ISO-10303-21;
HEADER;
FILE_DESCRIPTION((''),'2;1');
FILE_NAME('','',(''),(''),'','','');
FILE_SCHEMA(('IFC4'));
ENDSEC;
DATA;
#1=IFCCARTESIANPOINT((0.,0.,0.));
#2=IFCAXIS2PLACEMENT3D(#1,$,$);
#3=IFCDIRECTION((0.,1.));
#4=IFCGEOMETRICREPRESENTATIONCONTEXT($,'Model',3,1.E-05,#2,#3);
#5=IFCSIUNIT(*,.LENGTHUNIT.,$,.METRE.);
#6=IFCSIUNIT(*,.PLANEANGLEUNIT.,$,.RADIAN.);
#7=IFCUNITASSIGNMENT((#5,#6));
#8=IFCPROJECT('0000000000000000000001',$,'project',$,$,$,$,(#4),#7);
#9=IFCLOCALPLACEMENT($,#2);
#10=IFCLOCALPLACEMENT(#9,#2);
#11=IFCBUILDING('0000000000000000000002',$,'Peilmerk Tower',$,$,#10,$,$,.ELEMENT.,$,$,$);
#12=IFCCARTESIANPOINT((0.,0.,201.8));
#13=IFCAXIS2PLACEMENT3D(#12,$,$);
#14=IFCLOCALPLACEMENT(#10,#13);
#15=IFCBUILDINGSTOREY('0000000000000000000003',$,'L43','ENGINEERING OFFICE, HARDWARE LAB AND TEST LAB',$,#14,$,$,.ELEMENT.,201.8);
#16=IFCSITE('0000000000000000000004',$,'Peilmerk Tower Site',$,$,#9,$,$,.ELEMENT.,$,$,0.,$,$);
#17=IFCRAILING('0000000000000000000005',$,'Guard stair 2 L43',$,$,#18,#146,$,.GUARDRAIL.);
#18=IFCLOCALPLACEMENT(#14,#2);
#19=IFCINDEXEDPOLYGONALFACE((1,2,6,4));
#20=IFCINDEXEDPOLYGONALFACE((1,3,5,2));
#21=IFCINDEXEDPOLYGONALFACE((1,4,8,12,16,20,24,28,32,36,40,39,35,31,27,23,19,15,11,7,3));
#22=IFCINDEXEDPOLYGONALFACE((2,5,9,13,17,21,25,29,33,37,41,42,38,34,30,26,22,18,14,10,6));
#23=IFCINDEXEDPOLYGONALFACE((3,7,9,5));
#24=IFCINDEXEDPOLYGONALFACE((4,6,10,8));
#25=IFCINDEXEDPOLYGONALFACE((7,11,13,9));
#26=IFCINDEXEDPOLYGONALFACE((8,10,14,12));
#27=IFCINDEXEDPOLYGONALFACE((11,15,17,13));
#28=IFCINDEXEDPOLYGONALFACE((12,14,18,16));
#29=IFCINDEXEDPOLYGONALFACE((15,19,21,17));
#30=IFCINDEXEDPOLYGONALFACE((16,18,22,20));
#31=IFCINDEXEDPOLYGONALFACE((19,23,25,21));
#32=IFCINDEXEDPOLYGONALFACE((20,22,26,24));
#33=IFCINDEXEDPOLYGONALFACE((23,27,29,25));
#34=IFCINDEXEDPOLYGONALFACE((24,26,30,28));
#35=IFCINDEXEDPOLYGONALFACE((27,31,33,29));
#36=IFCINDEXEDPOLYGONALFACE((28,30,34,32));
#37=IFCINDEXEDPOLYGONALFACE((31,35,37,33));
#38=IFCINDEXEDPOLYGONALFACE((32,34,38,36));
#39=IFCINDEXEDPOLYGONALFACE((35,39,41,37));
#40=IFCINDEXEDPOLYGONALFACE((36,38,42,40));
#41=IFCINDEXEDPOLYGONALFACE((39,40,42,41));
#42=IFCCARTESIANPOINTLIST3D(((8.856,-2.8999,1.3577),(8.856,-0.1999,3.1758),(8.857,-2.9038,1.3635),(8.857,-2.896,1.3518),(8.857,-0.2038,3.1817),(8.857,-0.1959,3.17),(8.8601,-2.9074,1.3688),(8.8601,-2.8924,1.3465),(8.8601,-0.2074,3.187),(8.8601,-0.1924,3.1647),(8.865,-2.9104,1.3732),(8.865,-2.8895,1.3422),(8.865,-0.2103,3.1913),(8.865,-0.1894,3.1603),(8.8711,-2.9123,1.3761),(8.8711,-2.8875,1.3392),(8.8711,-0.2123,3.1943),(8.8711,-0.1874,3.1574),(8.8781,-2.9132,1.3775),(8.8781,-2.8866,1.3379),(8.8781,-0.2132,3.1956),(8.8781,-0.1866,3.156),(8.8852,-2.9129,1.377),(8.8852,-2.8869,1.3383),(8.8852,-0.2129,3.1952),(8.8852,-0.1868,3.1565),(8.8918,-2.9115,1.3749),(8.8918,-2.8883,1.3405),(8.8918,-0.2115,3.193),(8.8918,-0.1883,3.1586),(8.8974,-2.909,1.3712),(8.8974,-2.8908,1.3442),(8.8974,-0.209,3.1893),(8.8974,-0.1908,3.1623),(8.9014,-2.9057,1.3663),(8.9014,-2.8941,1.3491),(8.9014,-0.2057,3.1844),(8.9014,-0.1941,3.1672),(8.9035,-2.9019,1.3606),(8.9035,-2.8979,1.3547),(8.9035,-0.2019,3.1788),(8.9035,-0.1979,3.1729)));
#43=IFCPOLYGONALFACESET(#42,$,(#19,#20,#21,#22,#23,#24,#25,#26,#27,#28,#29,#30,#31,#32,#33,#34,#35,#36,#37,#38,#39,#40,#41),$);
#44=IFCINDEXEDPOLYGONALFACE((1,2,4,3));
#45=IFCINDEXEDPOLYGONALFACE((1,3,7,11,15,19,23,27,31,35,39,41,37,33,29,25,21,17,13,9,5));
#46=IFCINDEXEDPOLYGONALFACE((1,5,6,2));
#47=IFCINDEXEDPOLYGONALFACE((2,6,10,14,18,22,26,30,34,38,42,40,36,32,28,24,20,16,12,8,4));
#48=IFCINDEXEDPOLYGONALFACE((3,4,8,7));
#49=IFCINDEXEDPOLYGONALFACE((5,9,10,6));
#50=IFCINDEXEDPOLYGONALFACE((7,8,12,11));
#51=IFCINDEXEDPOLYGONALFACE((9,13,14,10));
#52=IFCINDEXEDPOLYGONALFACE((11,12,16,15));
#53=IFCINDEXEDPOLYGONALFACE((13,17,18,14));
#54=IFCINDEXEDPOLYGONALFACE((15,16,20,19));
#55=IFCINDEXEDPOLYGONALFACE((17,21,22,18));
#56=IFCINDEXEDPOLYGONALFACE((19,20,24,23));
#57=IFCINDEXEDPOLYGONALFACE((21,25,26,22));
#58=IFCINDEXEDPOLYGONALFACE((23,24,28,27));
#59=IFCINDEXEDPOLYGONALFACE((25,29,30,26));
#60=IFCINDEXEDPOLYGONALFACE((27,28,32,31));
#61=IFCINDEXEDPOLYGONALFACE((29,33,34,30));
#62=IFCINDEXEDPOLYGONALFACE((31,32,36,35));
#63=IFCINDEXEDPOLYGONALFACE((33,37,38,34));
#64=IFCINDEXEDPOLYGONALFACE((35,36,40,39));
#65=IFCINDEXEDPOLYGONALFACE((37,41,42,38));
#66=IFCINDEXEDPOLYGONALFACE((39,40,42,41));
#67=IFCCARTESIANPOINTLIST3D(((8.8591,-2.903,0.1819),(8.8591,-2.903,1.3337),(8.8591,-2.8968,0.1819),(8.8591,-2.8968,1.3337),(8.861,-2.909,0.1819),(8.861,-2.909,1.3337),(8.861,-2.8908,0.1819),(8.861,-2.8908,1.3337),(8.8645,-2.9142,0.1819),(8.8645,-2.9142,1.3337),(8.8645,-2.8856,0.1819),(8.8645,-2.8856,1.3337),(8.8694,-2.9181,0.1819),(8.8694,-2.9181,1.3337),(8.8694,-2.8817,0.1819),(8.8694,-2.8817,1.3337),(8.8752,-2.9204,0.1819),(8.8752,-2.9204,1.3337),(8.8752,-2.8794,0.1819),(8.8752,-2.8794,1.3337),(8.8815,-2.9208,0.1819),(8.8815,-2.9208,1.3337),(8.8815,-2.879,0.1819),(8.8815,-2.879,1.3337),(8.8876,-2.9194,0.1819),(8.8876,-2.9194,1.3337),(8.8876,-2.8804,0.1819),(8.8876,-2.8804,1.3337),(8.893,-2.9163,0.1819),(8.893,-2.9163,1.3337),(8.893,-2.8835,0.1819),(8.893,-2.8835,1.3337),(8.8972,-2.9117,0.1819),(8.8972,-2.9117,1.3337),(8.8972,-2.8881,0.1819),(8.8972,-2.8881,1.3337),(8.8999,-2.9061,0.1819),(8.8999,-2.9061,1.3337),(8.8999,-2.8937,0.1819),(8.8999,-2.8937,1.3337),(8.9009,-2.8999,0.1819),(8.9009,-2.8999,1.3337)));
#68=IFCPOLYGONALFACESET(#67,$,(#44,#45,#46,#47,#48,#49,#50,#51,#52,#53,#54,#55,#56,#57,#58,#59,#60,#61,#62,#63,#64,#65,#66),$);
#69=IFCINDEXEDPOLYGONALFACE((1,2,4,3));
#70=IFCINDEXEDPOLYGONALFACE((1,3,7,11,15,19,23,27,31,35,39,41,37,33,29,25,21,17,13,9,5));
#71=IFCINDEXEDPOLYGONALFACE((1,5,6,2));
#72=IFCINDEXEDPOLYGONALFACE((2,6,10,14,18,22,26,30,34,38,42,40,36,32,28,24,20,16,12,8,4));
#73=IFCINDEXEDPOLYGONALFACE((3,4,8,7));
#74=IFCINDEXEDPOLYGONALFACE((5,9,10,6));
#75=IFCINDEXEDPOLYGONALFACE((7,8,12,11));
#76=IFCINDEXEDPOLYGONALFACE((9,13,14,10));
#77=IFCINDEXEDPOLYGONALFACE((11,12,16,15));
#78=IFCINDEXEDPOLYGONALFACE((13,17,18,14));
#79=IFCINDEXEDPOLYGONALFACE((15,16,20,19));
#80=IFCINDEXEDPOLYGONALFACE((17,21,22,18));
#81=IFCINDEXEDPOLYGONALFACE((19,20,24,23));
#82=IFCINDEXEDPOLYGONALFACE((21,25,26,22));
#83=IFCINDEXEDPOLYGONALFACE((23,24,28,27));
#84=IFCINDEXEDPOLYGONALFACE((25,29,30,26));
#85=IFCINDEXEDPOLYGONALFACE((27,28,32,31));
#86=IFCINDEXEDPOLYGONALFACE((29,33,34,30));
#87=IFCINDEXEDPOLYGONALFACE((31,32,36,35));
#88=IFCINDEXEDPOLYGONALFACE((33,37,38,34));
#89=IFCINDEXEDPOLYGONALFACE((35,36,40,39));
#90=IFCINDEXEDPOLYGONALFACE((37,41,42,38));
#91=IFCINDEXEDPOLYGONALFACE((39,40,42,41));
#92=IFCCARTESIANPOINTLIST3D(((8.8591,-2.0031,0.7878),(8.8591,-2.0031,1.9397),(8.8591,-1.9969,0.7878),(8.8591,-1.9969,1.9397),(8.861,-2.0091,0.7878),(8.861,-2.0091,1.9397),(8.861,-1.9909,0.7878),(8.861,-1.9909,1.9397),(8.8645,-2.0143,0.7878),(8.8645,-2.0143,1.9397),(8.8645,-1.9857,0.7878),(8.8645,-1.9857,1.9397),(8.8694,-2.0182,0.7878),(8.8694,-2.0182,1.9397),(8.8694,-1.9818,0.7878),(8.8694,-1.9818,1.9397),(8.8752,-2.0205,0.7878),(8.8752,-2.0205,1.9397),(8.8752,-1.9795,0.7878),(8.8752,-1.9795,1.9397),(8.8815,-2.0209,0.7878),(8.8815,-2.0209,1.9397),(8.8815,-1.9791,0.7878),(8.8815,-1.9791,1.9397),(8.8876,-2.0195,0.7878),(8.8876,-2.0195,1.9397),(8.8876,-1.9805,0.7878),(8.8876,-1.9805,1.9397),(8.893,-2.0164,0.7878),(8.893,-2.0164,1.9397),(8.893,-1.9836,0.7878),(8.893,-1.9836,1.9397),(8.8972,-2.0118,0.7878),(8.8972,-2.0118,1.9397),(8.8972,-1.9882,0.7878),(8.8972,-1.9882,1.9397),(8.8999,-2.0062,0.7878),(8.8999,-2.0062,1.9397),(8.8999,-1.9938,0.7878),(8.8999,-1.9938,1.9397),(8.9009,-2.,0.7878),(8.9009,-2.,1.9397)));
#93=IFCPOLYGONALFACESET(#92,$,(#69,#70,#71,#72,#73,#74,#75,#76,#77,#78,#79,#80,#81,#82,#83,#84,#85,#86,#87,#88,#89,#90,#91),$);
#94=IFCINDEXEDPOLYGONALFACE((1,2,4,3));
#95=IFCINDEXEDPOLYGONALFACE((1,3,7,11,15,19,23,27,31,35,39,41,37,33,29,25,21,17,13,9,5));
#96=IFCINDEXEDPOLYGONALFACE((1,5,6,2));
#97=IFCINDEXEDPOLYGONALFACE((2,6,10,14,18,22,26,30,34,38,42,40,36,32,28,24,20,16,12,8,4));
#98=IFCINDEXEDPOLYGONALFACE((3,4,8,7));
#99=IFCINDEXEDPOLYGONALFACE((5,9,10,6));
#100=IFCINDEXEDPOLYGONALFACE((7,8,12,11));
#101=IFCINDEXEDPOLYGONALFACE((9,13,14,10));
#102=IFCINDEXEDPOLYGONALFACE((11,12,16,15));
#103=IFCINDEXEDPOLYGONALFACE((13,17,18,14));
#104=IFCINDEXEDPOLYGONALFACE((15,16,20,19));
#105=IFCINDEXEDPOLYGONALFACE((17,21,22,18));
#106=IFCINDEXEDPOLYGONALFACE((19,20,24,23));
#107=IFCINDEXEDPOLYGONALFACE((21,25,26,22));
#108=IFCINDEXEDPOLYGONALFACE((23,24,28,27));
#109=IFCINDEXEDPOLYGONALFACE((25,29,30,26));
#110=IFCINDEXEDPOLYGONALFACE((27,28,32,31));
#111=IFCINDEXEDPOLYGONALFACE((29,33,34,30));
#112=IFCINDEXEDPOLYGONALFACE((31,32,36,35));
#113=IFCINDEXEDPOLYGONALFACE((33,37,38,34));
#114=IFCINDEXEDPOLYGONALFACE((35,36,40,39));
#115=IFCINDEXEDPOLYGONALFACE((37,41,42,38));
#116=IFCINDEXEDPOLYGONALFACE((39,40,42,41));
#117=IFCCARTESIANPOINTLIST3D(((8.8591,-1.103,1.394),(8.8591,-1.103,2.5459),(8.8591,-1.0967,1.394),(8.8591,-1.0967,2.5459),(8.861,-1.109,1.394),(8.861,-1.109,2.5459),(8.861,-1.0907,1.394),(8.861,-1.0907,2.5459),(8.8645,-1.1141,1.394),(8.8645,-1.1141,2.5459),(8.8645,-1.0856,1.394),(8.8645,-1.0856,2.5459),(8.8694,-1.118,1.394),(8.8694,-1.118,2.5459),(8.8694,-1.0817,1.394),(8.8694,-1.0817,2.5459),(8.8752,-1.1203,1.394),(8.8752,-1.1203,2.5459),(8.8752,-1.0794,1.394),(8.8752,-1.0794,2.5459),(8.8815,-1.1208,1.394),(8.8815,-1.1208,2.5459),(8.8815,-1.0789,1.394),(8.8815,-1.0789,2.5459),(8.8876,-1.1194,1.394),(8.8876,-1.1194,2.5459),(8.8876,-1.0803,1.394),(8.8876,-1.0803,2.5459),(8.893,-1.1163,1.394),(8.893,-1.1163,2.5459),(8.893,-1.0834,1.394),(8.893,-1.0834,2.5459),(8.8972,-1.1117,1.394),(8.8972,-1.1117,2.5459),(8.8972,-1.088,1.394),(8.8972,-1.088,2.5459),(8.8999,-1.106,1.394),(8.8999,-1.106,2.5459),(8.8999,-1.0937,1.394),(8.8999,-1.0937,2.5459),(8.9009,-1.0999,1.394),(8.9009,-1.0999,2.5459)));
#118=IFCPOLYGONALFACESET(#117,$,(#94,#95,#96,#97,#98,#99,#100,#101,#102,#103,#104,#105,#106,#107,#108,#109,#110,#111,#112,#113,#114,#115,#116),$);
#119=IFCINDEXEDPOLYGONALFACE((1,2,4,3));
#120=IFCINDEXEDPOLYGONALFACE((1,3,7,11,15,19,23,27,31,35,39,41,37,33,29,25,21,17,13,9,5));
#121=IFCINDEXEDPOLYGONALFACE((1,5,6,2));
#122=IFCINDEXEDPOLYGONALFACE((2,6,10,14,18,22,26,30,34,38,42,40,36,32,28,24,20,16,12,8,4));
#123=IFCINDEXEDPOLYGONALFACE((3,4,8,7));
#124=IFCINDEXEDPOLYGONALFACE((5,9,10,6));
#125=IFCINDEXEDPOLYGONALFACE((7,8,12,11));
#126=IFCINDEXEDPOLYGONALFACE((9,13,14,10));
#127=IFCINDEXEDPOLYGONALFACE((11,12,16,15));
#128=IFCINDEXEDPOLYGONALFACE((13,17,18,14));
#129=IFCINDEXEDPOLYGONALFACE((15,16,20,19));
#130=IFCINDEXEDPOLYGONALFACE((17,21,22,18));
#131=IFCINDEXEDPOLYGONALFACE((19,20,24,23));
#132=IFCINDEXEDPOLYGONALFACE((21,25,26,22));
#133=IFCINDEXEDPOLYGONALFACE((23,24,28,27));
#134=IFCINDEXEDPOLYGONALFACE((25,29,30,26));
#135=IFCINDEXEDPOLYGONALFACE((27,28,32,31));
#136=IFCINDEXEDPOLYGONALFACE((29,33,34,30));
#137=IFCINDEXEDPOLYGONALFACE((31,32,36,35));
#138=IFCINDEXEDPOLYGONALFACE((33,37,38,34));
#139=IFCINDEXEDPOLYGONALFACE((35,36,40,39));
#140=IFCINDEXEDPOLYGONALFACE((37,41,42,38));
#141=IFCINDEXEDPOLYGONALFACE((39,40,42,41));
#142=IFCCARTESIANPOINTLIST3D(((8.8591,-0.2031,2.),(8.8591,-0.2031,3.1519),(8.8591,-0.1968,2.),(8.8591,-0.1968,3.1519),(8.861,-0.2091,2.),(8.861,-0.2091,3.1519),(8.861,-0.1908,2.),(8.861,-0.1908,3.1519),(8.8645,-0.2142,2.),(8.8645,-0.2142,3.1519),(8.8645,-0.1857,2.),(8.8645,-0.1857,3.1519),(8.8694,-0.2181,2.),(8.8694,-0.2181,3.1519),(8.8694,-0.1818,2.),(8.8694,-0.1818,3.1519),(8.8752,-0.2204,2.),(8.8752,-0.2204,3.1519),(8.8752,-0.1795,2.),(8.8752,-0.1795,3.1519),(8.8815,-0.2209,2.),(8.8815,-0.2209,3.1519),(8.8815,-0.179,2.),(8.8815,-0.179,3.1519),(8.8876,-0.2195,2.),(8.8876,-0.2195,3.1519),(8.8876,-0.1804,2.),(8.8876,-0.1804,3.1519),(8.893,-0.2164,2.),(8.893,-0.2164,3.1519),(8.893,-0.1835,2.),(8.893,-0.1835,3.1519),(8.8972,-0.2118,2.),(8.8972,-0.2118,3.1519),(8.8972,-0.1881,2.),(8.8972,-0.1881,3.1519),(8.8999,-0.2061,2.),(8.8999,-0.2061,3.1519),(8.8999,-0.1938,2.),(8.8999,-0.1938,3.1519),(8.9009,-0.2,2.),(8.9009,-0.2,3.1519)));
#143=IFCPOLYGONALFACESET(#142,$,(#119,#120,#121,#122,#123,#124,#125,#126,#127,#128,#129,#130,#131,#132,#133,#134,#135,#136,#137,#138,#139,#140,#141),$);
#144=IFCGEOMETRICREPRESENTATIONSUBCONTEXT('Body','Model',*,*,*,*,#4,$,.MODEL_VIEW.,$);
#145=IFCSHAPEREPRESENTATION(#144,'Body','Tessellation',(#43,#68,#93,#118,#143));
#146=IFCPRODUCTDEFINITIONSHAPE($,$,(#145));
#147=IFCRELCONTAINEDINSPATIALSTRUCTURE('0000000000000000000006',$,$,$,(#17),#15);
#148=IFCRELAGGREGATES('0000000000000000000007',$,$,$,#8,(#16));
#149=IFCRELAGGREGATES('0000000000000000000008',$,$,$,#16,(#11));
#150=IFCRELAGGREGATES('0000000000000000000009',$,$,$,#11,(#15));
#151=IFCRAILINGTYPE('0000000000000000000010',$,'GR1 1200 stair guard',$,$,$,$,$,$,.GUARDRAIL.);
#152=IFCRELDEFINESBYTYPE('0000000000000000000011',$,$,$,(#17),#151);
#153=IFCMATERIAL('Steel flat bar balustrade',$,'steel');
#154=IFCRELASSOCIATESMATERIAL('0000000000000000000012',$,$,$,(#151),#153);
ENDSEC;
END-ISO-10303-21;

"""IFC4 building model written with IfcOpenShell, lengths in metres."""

from ifc_helpers import new_model, si_unit, direction, frame, origin, origin_2d, place, context, subcontext, project, spatial, circle, extrude, material, type_object, element, save


model = new_model("IFC4")

# Units and contexts
model_context = context("Model", 3, precision=1e-05, world=origin(), true_north=direction((0.0, 1.0)))
body_context = subcontext(model_context, "Body", "Model", "MODEL_VIEW")
ifc_project = project(units=[si_unit("LENGTHUNIT", "METRE"), si_unit("PLANEANGLEUNIT", "RADIAN")], contexts=[model_context])

# Site, building, storey
site_placement = place(None, origin())
site = spatial("IfcSite", under=ifc_project, at=site_placement, Name="Peilmerk Tower Site", CompositionType="ELEMENT", RefElevation=0.0)
building_placement = place(site_placement, origin())
building = spatial("IfcBuilding", under=site, at=building_placement, Name="Peilmerk Tower", CompositionType="ELEMENT")
storey_placement = place(building_placement, frame((0.0, 0.0, 201.8)))
storey = spatial("IfcBuildingStorey", under=building, at=storey_placement, Name="L43", Description="ENGINEERING OFFICE, HARDWARE LAB AND TEST LAB", CompositionType="ELEMENT", Elevation=201.8)

# Railing
ifc_material_1 = material(Name="Steel flat bar balustrade", Category="steel")
railing_type_1 = type_object("IfcRailingType", Name="GR1 1200 stair guard", PredefinedType="GUARDRAIL", material=ifc_material_1)
railing_1_placement = place(storey_placement, frame((8.8799, -2.8999, 0.1819)))
element("IfcRailing", 1, at=railing_1_placement, inside=storey, type_object=railing_type_1, Name="Guard stair 2 L43", PredefinedType="GUARDRAIL", context=body_context, shape_type="SweptSolid", body=[
    extrude(circle(Radius=0.0239, at=origin_2d()), frame((0.0, 0.0, 1.1758), z_axis=(0.0, 0.829468, 0.558554), x_axis=(-1.0, 0.0, 0.0)), (0.0, 0.0, 1.0), 3.2551),
    extrude(circle(Radius=0.021, at=origin_2d()), origin(), (0.0, 0.0, 1.0), 1.1519),
    extrude(circle(Radius=0.021, at=origin_2d()), frame((0.0, 0.8999, 0.606)), (0.0, 0.0, 1.0), 1.1519),
    extrude(circle(Radius=0.021, at=origin_2d()), frame((0.0, 1.8, 1.2122)), (0.0, 0.0, 1.0), 1.1519),
    extrude(circle(Radius=0.021, at=origin_2d()), frame((0.0, 2.7, 1.8181)), (0.0, 0.0, 1.0), 1.1519),
])

save(model, "model.ifc")
